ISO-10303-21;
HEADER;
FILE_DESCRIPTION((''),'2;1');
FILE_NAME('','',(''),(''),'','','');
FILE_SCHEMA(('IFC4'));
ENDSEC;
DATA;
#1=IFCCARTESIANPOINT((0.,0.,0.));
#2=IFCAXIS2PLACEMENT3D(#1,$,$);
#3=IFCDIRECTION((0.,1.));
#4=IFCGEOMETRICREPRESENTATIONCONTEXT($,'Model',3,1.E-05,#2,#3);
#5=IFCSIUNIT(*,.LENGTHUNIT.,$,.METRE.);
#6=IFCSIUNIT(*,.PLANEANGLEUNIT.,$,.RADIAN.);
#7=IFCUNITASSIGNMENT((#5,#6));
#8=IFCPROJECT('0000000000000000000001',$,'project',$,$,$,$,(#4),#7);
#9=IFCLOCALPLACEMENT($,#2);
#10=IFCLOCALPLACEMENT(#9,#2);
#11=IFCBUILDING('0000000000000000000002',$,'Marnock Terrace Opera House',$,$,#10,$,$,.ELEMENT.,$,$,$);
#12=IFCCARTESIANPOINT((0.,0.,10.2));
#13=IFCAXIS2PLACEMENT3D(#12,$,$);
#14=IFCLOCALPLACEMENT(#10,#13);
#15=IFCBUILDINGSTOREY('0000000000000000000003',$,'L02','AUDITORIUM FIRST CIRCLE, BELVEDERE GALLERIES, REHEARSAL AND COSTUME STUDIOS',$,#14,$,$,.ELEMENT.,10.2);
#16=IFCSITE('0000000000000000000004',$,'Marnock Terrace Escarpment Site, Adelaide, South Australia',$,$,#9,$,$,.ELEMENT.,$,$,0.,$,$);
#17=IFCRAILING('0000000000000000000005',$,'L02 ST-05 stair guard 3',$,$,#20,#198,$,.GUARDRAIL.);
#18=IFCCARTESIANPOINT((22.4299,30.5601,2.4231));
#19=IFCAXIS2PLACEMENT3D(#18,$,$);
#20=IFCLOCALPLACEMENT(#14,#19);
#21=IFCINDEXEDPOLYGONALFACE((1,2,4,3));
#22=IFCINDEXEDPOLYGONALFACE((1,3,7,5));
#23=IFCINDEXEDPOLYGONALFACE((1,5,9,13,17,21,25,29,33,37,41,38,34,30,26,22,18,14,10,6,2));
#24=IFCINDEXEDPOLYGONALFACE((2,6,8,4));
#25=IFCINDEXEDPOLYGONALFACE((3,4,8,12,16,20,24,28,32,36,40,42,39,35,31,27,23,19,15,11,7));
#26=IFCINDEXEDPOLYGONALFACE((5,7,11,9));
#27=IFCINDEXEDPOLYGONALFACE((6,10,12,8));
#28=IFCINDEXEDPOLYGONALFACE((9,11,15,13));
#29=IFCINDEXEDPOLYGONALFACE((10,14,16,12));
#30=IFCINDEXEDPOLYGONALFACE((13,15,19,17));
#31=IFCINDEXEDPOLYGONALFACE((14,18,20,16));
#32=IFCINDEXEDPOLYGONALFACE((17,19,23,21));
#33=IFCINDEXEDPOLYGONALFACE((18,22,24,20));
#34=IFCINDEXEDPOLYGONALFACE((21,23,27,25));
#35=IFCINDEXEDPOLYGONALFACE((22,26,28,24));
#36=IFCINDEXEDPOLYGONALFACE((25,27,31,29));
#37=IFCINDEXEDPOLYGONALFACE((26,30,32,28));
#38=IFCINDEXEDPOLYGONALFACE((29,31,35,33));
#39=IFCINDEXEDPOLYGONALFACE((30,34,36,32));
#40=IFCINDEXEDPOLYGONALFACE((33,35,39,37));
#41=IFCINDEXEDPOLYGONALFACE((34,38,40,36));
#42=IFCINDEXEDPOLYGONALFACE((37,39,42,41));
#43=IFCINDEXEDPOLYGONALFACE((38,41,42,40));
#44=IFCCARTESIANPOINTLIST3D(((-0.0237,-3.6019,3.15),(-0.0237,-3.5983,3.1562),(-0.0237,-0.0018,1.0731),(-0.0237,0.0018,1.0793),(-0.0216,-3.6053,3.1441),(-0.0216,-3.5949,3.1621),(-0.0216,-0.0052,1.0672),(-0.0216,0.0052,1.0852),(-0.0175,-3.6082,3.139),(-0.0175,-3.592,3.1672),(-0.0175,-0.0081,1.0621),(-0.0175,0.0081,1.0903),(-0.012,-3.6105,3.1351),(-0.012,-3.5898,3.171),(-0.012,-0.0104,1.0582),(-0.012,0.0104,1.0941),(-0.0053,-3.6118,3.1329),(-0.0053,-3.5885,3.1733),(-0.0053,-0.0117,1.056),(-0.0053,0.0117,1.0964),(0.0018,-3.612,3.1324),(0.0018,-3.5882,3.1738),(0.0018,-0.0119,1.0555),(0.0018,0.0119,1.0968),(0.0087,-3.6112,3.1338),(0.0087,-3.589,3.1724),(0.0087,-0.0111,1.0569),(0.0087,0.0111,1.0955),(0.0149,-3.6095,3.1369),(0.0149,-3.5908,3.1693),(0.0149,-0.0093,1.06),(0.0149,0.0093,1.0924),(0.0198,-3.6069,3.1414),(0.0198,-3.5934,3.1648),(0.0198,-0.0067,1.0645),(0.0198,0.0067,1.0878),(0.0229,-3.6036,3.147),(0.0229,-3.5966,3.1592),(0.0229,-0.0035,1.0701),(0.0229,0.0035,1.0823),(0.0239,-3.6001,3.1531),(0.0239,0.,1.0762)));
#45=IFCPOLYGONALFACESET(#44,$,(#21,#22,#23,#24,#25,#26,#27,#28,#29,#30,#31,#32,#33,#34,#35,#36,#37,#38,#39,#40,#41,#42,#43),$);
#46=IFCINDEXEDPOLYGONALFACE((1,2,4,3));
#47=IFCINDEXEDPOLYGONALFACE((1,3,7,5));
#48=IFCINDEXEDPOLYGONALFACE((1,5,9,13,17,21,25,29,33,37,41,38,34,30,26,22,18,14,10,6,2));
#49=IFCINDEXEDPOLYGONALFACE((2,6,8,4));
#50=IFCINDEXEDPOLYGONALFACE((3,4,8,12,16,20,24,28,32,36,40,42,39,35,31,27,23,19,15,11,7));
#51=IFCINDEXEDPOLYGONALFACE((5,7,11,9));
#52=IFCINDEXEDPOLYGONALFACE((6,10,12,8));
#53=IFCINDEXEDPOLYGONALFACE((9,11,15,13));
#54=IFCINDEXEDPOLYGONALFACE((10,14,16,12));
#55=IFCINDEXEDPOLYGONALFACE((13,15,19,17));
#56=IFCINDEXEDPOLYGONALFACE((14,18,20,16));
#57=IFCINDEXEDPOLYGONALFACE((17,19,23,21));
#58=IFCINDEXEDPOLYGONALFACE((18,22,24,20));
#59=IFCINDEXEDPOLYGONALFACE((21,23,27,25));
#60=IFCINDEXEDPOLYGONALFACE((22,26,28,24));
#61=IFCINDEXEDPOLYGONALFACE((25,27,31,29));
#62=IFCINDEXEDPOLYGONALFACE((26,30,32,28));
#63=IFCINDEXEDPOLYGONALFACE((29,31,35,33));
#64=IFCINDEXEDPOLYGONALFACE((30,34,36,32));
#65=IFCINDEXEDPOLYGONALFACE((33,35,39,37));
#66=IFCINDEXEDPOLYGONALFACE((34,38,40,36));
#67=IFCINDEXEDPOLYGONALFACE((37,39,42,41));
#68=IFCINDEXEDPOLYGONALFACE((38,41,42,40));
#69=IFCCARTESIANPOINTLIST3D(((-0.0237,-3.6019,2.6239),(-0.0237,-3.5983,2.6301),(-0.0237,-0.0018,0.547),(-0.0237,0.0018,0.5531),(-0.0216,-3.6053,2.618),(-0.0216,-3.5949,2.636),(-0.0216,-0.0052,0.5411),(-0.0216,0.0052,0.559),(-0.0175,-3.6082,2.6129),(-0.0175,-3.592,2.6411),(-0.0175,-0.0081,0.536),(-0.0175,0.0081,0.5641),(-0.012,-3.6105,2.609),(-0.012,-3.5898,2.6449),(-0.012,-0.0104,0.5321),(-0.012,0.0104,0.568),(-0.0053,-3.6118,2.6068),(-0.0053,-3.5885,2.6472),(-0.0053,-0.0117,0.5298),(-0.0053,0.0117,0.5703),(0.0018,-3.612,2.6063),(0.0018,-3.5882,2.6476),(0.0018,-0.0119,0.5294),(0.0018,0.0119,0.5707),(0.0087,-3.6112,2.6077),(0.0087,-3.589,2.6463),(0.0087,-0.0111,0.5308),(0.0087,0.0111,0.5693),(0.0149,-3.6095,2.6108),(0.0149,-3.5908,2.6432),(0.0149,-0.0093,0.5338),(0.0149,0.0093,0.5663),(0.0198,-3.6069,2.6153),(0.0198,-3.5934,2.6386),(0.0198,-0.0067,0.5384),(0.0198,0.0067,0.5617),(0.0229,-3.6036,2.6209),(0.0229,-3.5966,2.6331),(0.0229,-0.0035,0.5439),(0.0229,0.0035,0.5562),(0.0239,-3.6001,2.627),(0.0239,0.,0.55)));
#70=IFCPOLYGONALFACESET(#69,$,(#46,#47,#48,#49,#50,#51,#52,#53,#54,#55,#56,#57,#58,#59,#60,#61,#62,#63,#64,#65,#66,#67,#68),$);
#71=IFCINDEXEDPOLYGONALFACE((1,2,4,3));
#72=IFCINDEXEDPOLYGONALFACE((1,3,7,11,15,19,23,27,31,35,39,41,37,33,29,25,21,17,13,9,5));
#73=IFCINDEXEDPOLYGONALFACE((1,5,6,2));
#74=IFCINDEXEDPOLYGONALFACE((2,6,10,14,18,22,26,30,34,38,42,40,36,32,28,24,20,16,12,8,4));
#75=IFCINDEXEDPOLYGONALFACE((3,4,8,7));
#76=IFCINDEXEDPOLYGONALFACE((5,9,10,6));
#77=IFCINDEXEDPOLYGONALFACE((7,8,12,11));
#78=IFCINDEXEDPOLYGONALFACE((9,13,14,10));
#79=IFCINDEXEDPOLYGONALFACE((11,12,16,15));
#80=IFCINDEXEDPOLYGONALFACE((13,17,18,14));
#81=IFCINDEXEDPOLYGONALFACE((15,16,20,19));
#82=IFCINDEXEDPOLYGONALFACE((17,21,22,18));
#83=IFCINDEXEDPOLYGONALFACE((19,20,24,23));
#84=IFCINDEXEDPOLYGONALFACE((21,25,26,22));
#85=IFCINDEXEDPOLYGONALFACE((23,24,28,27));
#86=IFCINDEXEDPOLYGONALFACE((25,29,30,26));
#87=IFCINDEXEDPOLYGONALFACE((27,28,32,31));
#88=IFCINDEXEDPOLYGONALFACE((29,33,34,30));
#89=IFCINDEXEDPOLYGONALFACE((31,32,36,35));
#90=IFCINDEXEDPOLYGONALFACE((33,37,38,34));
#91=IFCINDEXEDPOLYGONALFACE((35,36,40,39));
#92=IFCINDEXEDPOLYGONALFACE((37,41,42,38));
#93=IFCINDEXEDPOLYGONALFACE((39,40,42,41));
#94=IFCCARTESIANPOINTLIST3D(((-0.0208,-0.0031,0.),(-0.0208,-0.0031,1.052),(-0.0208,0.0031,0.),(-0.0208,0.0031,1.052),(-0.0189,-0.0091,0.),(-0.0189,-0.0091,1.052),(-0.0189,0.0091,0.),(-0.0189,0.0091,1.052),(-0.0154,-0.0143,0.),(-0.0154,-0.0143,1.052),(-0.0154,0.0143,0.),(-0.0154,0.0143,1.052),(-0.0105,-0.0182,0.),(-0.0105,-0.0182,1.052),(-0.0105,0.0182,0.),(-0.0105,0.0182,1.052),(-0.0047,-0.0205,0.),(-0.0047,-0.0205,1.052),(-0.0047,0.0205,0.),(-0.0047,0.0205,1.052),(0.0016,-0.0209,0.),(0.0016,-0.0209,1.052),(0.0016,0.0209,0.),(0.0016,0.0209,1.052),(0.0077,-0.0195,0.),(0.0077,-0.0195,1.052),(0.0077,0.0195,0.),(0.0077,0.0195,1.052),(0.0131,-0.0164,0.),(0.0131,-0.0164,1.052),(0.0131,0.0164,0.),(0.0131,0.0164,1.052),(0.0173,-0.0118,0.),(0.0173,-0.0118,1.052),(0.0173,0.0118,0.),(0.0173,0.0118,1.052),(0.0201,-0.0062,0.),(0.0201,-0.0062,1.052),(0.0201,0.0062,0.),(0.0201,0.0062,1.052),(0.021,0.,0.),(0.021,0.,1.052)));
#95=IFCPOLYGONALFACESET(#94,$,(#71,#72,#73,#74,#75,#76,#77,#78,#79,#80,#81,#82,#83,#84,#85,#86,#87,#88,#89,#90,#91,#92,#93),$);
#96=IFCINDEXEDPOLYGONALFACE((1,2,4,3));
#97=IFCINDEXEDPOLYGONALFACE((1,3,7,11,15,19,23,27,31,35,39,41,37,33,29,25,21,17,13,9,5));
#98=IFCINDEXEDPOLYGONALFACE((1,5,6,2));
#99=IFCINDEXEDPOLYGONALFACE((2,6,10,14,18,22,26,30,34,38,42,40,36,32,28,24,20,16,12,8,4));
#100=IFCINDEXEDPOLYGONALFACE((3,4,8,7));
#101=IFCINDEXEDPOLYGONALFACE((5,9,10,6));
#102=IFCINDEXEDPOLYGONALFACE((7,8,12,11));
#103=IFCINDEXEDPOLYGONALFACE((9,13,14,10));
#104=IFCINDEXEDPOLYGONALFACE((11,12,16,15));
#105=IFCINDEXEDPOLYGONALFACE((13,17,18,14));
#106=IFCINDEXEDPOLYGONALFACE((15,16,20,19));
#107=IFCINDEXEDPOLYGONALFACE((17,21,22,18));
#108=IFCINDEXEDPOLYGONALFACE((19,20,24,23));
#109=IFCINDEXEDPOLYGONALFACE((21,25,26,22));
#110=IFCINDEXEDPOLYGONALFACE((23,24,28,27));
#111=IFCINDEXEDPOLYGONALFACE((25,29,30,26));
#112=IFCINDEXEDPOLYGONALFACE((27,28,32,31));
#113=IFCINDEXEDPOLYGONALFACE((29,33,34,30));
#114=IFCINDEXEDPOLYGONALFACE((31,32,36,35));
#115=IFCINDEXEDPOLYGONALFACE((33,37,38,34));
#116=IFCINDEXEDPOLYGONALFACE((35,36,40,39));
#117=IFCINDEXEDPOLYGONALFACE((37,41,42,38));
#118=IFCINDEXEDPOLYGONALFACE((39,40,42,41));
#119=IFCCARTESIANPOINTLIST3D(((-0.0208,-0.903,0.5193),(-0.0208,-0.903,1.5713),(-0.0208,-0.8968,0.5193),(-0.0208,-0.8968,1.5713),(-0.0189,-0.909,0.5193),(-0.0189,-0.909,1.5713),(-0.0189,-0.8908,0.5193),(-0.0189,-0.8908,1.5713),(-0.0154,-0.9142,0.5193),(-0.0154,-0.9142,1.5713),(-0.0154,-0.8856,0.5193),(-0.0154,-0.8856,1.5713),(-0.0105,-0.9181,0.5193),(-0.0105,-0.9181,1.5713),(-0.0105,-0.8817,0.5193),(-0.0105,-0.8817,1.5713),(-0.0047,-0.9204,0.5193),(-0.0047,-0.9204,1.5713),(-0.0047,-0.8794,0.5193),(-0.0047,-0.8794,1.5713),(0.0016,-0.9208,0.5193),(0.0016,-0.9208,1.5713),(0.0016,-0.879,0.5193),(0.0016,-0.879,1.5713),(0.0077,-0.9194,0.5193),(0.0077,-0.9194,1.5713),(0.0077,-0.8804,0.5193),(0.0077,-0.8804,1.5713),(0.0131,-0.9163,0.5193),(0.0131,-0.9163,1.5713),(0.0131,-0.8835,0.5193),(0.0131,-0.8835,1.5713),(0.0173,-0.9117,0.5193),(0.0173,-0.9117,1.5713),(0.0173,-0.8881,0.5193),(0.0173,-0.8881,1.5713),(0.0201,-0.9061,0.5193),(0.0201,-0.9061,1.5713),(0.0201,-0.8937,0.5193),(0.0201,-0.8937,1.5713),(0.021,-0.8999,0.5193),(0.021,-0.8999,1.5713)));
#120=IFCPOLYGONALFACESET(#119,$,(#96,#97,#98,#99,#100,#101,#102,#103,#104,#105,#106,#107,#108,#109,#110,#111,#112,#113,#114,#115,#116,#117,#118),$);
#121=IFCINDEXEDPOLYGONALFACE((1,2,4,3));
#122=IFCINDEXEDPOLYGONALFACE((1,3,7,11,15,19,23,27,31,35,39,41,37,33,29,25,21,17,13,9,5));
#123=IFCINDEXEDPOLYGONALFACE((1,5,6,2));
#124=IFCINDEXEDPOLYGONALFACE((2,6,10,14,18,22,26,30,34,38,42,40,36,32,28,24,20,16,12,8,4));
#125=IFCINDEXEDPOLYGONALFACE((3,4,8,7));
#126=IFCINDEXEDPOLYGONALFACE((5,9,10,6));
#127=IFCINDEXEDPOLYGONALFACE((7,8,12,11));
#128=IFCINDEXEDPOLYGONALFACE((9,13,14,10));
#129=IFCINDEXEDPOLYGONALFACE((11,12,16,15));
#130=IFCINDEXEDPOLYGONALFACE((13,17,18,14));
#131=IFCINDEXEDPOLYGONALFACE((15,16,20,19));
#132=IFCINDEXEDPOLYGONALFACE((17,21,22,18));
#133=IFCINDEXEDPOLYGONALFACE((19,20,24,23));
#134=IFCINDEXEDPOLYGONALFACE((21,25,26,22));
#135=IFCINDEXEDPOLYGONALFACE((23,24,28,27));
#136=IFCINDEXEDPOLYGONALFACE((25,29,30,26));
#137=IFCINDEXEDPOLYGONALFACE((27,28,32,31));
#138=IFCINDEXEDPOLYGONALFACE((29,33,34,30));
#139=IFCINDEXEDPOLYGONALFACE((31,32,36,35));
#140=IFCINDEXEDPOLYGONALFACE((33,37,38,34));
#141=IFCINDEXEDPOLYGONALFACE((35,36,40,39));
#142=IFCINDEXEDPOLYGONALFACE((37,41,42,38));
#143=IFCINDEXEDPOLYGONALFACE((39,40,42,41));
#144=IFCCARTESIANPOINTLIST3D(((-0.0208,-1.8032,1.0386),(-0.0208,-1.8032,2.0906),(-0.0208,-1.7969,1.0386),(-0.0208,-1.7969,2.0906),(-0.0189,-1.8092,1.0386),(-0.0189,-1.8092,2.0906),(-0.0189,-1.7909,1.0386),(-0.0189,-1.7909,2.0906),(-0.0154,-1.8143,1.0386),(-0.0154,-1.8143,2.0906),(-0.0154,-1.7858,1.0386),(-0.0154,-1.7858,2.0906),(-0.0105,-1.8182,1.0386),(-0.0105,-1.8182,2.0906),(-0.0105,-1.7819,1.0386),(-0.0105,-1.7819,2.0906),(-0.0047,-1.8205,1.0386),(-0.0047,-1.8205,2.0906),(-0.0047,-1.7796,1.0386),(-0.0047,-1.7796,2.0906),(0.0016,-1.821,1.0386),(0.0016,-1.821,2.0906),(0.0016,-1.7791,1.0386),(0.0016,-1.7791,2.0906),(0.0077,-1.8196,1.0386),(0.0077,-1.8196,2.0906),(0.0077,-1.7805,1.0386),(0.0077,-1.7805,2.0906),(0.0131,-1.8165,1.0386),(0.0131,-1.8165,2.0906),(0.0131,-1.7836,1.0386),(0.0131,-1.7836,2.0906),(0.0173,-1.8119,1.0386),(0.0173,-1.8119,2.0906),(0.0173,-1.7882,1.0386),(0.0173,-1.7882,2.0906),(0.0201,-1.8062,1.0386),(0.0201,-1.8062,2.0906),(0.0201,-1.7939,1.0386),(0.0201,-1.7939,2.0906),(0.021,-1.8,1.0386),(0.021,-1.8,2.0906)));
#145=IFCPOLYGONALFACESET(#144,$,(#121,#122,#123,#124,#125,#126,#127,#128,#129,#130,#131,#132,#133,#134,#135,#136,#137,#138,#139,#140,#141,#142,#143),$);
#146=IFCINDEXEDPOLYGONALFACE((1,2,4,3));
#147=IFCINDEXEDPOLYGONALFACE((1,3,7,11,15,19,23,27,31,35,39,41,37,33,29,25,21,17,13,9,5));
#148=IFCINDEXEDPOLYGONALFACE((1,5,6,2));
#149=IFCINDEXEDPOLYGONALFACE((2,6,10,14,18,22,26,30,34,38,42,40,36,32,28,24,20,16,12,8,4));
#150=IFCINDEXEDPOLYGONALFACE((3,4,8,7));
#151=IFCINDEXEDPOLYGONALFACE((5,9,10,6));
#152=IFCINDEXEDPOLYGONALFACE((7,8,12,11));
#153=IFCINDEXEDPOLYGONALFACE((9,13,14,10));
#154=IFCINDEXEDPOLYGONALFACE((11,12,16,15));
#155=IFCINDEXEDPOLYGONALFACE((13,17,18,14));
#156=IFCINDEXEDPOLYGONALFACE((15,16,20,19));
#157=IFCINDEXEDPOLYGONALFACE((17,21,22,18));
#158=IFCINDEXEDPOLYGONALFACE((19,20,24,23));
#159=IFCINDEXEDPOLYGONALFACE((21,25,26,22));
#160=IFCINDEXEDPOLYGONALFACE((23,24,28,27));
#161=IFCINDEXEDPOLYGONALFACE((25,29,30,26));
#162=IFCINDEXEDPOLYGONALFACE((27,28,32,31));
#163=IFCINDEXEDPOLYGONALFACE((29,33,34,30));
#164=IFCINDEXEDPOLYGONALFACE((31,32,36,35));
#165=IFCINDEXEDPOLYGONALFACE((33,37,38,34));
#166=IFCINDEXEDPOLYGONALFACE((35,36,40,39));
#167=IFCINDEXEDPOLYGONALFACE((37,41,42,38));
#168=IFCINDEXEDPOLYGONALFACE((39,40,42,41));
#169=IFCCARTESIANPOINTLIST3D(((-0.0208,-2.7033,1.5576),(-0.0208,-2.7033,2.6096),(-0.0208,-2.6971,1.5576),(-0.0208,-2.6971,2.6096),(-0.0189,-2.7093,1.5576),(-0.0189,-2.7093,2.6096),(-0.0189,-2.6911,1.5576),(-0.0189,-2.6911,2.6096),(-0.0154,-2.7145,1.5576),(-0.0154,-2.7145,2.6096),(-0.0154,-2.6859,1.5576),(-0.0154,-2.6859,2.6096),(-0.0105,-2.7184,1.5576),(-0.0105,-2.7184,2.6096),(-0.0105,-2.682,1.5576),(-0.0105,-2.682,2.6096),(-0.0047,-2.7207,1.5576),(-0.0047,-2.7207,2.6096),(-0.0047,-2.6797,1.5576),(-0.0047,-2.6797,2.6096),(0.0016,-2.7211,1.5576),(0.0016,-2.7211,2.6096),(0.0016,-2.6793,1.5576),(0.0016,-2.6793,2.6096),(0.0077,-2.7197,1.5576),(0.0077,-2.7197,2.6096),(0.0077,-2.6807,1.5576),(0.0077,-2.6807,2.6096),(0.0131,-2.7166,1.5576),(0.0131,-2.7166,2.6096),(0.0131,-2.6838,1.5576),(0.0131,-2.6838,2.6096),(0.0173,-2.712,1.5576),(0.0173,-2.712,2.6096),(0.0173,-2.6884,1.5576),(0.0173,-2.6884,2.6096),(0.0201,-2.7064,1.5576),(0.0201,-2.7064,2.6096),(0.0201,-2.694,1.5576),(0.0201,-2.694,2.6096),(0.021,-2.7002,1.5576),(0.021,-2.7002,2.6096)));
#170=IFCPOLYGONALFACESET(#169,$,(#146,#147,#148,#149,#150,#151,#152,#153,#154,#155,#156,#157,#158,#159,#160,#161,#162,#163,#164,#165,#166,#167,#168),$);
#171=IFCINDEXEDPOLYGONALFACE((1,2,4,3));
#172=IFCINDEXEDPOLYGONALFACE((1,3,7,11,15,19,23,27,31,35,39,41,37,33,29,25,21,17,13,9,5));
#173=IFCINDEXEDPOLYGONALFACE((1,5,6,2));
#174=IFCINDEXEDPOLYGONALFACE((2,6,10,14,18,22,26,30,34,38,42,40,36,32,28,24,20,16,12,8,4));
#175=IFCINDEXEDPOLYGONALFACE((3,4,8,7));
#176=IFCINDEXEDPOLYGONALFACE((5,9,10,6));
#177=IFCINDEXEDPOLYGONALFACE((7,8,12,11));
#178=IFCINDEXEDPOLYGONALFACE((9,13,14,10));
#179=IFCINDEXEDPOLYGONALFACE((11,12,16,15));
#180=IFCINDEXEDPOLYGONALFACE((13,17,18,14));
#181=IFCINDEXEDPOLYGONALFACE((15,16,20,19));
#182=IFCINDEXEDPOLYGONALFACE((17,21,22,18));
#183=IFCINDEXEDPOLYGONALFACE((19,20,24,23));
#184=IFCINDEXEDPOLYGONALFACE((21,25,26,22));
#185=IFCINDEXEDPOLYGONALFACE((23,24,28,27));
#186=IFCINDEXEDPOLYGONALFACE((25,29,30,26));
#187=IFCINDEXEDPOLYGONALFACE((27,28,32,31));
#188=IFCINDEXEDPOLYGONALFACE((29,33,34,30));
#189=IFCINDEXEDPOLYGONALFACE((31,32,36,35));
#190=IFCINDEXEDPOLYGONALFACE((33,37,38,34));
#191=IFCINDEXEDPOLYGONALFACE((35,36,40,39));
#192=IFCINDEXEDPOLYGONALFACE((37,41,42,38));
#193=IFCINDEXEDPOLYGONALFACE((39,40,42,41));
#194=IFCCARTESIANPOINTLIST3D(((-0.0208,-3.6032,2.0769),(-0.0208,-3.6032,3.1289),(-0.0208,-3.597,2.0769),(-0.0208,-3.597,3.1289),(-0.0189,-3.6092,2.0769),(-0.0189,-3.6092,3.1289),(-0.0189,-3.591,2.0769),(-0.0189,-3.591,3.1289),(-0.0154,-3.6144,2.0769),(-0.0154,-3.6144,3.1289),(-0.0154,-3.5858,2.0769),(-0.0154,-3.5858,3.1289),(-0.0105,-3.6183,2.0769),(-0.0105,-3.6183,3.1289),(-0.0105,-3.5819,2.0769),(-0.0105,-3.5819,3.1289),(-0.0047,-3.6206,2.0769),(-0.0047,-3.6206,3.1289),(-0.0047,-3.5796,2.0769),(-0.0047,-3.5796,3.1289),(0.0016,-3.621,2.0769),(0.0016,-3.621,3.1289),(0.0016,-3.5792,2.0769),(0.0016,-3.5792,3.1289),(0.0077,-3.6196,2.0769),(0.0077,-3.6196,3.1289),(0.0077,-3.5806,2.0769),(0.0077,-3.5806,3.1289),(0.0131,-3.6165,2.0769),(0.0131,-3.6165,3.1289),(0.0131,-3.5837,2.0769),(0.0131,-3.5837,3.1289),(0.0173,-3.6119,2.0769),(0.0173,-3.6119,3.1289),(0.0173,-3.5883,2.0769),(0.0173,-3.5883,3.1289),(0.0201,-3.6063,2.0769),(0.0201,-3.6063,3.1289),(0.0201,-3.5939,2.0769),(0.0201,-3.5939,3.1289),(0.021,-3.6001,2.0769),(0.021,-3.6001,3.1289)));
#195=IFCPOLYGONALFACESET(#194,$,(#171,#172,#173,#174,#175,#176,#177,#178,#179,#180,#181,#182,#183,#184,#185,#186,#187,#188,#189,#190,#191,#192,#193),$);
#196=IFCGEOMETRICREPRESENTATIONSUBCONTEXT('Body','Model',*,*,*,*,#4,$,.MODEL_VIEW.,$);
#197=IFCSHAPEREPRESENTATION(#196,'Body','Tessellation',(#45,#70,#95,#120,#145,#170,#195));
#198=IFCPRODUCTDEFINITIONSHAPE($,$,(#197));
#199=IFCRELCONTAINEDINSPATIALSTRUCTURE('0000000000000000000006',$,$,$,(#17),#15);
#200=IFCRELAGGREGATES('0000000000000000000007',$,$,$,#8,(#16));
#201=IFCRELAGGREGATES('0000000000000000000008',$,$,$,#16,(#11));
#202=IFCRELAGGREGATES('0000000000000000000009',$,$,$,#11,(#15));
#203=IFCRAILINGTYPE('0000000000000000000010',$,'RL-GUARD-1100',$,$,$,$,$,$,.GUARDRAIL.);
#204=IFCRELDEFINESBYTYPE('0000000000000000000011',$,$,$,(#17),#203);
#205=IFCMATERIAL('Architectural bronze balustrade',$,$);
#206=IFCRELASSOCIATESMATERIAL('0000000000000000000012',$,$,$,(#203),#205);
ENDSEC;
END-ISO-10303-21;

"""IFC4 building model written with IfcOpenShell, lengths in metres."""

from ifc_helpers import new_model, si_unit, direction, frame, origin, origin_2d, place, context, subcontext, project, spatial, circle, extrude, material, type_object, element, save


model = new_model("IFC4")

# Units and contexts
model_context = context("Model", 3, precision=1e-05, world=origin(), true_north=direction((0.0, 1.0)))
body_context = subcontext(model_context, "Body", "Model", "MODEL_VIEW")
ifc_project = project(units=[si_unit("LENGTHUNIT", "METRE"), si_unit("PLANEANGLEUNIT", "RADIAN")], contexts=[model_context])

# Site, building, storey
site_placement = place(None, origin())
site = spatial("IfcSite", under=ifc_project, at=site_placement, Name="Marnock Terrace Escarpment Site, Adelaide, South Australia", CompositionType="ELEMENT", RefElevation=0.0)
building_placement = place(site_placement, origin())
building = spatial("IfcBuilding", under=site, at=building_placement, Name="Marnock Terrace Opera House", CompositionType="ELEMENT")
storey_placement = place(building_placement, frame((0.0, 0.0, 10.2)))
storey = spatial("IfcBuildingStorey", under=building, at=storey_placement, Name="L02", Description="AUDITORIUM FIRST CIRCLE, BELVEDERE GALLERIES, REHEARSAL AND COSTUME STUDIOS", CompositionType="ELEMENT", Elevation=10.2)

# Railing
ifc_material_1 = material(Name="Architectural bronze balustrade")
railing_type = type_object("IfcRailingType", Name="RL-GUARD-1100", PredefinedType="GUARDRAIL", material=ifc_material_1)
railing_1_placement = place(storey_placement, frame((22.4299, 30.5601, 2.4231)))
element("IfcRailing", 1, at=railing_1_placement, inside=storey, type_object=railing_type, Name="L02 ST-05 stair guard 3", PredefinedType="GUARDRAIL", context=body_context, shape_type="SweptSolid", body=[
    extrude(circle(Radius=0.0239, at=origin_2d()), frame((0.0, 0.0, 1.0762), z_axis=(0.0, -0.866193, 0.499709), x_axis=(1.0, 0.0, 0.0)), (0.0, 0.0, 1.0), 4.1562),
    extrude(circle(Radius=0.0239, at=origin_2d()), frame((0.0, 0.0, 0.55), z_axis=(0.0, -0.866193, 0.499709), x_axis=(1.0, 0.0, 0.0)), (0.0, 0.0, 1.0), 4.1562),
    extrude(circle(Radius=0.021, at=origin_2d()), origin(), (0.0, 0.0, 1.0), 1.052),
    extrude(circle(Radius=0.021, at=origin_2d()), frame((0.0, -0.8999, 0.5193)), (0.0, 0.0, 1.0), 1.052),
    extrude(circle(Radius=0.021, at=origin_2d()), frame((0.0, -1.8, 1.0386)), (0.0, 0.0, 1.0), 1.052),
    extrude(circle(Radius=0.021, at=origin_2d()), frame((0.0, -2.7002, 1.5576)), (0.0, 0.0, 1.0), 1.052),
    extrude(circle(Radius=0.021, at=origin_2d()), frame((0.0, -3.6001, 2.0769)), (0.0, 0.0, 1.0), 1.052),
])

save(model, "model.ifc")
